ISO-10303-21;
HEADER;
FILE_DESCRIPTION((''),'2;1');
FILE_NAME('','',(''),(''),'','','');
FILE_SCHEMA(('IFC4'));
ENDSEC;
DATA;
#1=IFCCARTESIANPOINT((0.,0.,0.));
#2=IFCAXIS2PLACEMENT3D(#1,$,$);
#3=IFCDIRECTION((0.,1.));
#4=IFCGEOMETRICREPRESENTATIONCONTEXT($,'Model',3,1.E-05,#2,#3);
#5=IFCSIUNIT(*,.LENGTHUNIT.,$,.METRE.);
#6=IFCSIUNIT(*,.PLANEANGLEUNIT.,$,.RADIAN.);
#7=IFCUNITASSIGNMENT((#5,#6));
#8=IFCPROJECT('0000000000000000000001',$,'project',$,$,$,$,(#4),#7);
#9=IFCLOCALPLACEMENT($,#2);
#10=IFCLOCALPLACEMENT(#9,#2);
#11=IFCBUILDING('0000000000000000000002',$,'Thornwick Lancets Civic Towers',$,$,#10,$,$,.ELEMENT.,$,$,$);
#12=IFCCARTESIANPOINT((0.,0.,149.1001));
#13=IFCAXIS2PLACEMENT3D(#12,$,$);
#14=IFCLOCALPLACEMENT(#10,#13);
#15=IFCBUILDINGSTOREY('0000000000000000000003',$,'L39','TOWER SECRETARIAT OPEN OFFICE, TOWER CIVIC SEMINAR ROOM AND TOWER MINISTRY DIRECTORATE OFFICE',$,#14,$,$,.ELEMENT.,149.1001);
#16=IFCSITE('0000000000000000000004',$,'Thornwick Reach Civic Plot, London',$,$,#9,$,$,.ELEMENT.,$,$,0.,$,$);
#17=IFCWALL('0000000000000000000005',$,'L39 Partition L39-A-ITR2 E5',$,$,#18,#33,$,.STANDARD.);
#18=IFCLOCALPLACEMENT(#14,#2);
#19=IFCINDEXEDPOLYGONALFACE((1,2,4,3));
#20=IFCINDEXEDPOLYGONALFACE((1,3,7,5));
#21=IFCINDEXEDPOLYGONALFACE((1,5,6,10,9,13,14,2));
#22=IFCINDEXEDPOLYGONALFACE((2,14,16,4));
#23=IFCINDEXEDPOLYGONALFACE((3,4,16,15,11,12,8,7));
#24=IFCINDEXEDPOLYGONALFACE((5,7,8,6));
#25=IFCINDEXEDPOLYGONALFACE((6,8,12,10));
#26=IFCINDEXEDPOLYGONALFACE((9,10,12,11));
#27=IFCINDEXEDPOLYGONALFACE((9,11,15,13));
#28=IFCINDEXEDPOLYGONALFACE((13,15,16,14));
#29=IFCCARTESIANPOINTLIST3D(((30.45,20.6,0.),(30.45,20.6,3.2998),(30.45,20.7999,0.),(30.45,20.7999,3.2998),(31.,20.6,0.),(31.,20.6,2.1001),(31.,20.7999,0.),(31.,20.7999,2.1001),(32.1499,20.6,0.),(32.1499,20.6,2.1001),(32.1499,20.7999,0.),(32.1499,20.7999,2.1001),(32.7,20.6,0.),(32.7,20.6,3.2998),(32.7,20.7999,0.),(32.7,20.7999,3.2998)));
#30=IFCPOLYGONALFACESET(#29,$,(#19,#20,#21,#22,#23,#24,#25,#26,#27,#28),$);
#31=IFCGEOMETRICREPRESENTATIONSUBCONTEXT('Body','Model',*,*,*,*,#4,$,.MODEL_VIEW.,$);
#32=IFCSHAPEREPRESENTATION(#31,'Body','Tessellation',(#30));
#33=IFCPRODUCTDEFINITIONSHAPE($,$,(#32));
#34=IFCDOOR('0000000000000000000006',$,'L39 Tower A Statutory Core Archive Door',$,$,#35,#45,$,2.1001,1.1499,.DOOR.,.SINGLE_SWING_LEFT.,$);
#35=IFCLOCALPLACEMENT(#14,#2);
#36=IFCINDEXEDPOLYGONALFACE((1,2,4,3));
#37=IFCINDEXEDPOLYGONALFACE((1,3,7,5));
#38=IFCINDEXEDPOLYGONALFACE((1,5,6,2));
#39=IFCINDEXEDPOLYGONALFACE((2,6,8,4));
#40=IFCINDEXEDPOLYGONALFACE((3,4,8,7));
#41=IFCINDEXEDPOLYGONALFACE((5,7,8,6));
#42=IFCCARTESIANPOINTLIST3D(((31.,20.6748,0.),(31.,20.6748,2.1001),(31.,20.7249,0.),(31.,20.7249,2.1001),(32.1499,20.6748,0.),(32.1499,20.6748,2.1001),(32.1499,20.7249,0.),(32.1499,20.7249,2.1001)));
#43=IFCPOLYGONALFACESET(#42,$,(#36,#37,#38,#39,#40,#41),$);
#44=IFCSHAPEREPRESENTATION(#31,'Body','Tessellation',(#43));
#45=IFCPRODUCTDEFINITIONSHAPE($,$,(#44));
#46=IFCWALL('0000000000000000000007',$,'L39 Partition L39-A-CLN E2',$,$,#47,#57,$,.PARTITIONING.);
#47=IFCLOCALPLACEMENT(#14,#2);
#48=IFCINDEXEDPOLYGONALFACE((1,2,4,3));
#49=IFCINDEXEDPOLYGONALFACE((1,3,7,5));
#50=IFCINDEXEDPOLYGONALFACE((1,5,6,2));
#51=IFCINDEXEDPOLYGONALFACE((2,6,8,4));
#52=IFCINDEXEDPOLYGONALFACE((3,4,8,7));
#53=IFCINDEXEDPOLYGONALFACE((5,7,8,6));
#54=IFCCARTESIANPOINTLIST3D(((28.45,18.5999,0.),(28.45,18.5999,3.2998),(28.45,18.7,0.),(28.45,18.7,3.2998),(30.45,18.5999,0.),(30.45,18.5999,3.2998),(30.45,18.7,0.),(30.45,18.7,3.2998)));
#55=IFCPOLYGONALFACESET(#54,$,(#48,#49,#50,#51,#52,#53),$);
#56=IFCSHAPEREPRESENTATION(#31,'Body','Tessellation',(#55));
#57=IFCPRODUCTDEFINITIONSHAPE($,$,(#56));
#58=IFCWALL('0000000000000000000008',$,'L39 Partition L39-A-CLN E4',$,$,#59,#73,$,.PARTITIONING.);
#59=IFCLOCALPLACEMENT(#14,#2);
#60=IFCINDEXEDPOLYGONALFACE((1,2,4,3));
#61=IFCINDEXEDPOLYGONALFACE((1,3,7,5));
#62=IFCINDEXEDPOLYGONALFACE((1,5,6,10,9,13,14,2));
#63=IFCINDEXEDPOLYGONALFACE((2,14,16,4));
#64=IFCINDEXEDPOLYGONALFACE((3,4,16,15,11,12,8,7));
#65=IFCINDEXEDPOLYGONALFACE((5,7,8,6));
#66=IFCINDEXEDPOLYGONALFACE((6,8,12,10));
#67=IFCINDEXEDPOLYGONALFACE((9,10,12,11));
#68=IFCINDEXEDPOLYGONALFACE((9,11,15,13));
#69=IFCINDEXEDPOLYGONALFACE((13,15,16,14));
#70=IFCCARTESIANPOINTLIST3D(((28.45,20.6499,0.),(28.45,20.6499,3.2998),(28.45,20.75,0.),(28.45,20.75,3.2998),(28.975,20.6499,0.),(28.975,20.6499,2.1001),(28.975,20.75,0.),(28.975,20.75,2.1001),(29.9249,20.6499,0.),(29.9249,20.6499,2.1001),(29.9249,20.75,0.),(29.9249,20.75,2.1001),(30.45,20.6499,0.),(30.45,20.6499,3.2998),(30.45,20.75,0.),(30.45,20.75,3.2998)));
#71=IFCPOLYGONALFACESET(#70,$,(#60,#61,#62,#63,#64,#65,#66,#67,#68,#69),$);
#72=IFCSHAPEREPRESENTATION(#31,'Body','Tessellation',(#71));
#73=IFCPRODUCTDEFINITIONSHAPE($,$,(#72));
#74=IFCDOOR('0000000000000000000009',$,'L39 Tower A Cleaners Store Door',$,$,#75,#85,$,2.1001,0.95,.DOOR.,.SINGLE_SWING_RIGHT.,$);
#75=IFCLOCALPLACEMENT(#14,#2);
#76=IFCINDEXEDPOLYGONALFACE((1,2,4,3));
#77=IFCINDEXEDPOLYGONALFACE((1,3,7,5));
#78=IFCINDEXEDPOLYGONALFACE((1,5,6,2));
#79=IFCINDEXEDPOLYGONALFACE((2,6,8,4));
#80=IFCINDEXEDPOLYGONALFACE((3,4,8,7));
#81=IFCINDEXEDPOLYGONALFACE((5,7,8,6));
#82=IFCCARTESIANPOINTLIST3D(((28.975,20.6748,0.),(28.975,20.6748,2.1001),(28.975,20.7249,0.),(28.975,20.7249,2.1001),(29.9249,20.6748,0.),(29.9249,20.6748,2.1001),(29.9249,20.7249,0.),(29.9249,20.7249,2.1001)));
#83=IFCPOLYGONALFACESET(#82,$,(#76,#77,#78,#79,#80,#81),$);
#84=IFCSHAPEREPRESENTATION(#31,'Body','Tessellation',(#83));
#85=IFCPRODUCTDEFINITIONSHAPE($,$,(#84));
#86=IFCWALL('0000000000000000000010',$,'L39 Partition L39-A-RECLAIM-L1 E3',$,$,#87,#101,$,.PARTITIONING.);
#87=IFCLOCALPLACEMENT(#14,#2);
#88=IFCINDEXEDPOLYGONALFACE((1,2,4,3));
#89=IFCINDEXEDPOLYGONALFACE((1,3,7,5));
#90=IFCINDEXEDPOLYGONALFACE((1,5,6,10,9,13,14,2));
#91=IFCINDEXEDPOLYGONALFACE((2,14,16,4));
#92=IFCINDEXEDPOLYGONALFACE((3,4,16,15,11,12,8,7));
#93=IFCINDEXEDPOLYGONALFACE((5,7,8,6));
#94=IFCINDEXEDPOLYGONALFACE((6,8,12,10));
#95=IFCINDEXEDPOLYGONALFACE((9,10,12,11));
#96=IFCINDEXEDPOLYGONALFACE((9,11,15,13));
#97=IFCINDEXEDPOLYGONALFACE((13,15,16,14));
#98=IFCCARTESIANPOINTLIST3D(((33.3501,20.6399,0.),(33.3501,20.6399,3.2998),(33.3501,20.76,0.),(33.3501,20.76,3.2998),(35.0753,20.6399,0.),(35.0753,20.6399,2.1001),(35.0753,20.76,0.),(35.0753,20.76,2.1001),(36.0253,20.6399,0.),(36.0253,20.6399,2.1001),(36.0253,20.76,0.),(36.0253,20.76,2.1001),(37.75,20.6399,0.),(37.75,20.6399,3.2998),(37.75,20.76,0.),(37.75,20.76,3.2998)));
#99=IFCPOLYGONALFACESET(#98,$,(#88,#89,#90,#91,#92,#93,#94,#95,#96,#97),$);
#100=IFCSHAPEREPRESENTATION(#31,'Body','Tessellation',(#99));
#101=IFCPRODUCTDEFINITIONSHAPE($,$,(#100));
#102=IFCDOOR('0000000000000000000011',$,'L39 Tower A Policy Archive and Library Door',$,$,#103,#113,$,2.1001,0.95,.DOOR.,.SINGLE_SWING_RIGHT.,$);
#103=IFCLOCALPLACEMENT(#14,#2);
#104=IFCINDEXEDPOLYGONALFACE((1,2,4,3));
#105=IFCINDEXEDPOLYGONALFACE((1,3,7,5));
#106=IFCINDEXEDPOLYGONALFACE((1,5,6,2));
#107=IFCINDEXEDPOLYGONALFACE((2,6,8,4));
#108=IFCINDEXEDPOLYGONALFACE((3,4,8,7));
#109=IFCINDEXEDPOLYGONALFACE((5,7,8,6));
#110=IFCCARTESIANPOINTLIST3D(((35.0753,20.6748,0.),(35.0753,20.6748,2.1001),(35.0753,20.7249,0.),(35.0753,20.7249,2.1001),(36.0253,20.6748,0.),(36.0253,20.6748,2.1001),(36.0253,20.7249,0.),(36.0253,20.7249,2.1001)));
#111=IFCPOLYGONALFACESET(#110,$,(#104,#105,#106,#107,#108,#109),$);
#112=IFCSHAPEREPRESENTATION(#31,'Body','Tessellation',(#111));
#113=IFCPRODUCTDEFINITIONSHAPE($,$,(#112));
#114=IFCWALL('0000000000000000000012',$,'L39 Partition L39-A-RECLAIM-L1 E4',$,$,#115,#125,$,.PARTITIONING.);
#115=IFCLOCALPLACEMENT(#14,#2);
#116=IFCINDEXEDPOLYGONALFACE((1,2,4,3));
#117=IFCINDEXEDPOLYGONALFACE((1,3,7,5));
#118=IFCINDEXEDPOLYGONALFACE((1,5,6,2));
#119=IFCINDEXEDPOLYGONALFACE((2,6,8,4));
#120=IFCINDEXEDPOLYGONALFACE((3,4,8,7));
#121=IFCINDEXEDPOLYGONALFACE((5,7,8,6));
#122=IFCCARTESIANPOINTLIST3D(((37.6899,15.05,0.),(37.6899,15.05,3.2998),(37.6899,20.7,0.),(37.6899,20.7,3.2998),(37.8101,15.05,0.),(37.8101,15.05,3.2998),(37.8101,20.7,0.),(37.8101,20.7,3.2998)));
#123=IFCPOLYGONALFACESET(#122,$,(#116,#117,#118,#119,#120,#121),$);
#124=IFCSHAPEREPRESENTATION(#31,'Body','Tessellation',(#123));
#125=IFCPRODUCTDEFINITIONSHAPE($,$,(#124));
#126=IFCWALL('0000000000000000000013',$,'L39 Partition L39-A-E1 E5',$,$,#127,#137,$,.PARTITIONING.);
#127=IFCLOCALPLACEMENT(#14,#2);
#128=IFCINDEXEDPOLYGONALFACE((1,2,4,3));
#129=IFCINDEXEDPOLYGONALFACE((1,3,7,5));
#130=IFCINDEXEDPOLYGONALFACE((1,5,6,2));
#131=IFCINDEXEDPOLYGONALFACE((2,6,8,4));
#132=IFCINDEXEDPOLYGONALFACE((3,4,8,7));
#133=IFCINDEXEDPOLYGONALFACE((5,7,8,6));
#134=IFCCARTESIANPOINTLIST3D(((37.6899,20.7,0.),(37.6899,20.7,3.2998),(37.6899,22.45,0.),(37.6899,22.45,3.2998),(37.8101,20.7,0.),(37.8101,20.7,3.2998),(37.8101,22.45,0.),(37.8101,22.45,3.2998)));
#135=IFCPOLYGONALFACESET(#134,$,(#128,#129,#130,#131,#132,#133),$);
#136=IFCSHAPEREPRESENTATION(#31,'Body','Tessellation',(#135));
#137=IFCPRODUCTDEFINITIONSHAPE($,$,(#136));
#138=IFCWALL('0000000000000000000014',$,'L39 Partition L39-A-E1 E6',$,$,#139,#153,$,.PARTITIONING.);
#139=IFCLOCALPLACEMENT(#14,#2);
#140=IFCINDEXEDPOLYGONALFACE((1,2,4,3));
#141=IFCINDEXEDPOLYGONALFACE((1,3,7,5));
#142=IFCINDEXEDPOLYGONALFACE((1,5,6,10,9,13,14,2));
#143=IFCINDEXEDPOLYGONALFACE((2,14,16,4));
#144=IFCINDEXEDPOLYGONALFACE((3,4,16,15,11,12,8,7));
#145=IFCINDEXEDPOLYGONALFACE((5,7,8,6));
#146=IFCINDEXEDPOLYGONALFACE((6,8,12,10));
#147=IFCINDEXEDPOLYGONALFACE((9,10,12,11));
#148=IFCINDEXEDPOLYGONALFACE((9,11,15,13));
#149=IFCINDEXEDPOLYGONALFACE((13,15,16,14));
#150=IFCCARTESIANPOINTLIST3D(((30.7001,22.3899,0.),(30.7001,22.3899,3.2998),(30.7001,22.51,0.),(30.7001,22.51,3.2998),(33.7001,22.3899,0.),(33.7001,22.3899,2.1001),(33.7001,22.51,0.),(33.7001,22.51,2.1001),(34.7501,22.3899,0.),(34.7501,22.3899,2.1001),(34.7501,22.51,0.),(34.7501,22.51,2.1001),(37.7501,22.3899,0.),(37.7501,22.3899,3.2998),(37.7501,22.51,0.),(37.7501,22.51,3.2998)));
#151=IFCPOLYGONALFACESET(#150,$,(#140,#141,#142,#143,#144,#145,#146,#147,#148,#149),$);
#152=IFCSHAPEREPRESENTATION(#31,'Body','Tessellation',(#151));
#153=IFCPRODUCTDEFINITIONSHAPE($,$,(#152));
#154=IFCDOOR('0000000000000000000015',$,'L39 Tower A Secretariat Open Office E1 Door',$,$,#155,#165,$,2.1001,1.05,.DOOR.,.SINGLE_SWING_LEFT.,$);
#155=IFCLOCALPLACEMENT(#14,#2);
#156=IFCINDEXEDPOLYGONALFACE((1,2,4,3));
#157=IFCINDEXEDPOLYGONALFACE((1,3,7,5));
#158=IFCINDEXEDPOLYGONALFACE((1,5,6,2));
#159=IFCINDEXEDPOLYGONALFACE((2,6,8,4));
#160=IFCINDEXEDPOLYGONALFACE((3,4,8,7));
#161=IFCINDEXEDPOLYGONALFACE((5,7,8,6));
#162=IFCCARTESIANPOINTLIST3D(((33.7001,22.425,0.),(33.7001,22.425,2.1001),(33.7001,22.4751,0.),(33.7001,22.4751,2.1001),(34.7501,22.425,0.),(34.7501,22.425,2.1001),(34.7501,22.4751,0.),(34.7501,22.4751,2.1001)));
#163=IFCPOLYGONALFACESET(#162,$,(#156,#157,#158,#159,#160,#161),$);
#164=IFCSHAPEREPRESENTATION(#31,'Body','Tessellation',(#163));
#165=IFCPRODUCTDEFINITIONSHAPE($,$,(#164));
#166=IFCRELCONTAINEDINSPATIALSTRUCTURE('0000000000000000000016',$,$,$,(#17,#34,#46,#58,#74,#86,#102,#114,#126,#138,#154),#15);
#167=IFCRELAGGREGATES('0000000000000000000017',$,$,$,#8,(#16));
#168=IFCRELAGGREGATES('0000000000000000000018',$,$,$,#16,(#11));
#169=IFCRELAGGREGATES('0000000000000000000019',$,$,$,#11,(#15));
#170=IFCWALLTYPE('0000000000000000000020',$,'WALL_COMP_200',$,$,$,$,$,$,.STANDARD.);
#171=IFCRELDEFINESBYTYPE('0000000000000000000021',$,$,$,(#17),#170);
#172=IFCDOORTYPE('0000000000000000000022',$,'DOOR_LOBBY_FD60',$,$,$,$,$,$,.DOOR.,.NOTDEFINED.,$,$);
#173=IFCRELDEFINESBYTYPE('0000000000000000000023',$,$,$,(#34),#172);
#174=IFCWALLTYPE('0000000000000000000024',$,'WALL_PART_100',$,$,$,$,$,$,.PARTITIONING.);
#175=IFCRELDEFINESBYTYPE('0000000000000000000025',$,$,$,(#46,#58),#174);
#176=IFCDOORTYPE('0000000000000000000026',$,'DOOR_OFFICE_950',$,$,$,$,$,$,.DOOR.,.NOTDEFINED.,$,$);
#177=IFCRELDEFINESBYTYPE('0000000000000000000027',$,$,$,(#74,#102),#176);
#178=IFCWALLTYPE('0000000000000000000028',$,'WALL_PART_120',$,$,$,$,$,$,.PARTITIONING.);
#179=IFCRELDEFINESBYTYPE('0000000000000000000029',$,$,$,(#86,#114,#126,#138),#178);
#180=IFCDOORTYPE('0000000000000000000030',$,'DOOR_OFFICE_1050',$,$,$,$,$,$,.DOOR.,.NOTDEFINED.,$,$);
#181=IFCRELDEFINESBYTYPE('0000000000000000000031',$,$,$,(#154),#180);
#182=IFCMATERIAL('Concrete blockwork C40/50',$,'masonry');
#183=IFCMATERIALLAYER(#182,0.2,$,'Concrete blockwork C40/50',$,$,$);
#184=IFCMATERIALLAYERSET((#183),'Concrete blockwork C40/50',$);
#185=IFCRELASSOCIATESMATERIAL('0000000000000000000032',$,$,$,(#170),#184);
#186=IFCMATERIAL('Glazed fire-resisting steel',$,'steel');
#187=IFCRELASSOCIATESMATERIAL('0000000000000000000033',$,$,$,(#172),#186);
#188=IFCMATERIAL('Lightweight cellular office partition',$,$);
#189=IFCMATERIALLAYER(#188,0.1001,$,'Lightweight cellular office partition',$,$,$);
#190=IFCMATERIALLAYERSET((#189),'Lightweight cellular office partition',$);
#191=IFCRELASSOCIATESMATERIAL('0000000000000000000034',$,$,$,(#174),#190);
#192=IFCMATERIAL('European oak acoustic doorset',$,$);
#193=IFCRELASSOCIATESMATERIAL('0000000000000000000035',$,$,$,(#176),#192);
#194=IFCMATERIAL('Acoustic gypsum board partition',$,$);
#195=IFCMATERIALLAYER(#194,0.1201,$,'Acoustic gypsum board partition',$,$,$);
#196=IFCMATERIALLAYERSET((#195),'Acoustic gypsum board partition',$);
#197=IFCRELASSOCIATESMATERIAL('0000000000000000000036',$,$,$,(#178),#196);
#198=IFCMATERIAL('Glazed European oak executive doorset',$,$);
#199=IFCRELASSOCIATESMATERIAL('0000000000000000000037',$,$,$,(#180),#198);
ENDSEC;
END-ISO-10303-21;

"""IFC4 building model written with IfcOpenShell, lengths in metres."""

from ifc_helpers import new_model, si_unit, direction, frame, frame_2d, origin, place, context, subcontext, project, spatial, rectangle, extrude, material, layer, layer_set, type_object, element, fill, save


model = new_model("IFC4")

# Units and contexts
model_context = context("Model", 3, precision=1e-05, world=origin(), true_north=direction((0.0, 1.0)))
body_context = subcontext(model_context, "Body", "Model", "MODEL_VIEW")
ifc_project = project(units=[si_unit("LENGTHUNIT", "METRE"), si_unit("PLANEANGLEUNIT", "RADIAN")], contexts=[model_context])

# Site, building, storey
site_placement = place(None, origin())
site = spatial("IfcSite", under=ifc_project, at=site_placement, Name="Thornwick Reach Civic Plot, London", CompositionType="ELEMENT", RefElevation=0.0)
building_placement = place(site_placement, origin())
building = spatial("IfcBuilding", under=site, at=building_placement, Name="Thornwick Lancets Civic Towers", CompositionType="ELEMENT")
storey_placement = place(building_placement, frame((0.0, 0.0, 149.1001)))
storey = spatial("IfcBuildingStorey", under=building, at=storey_placement, Name="L39", Description="TOWER SECRETARIAT OPEN OFFICE, TOWER CIVIC SEMINAR ROOM AND TOWER MINISTRY DIRECTORATE OFFICE", CompositionType="ELEMENT", Elevation=149.1001)

# Shared definitions
ifc_material_1 = material(Name="Concrete blockwork C40/50", Category="masonry")
ifc_layer_1 = layer(ifc_material_1, 0.2, Name="Concrete blockwork C40/50")
ifc_layer_set_1 = layer_set([ifc_layer_1], Name="Concrete blockwork C40/50")
wall_type_1 = type_object("IfcWallType", Name="WALL_COMP_200", PredefinedType="STANDARD", material=ifc_layer_set_1)

# Wall, opening, door
wall_1_placement = place(storey_placement, frame((30.45, 20.7, 0.0), z_axis=(0.0, 0.0, 1.0), x_axis=(1.0, 0.0, 0.0)))
wall_1 = element("IfcWall", 1, at=wall_1_placement, inside=storey, type_object=wall_type_1, Name="L39 Partition L39-A-ITR2 E5", PredefinedType="STANDARD", context=body_context, shape_type="SweptSolid", body=[
    extrude(rectangle(XDim=2.25, YDim=0.2, at=frame_2d((1.125, 0.0))), origin(), (0.0, 0.0, 1.0), 3.2998),
])
opening_1_placement = place(wall_1_placement, frame((0.55, 0.0, 0.0)))
opening_1 = element("IfcOpeningElement", 2, at=opening_1_placement, cuts=wall_1, PredefinedType="OPENING", context=body_context, shape_type="SweptSolid", body=[
    extrude(rectangle(XDim=1.1499, YDim=2.1001, at=frame_2d((0.575, 1.05))), frame((0.0, 0.1099, 0.0), z_axis=(0.0, -1.0, 0.0), x_axis=(1.0, 0.0, 0.0)), (0.0, 0.0, 1.0), 0.22),
])
ifc_material_2 = material(Name="Glazed fire-resisting steel", Category="steel")
door_type_1 = type_object("IfcDoorType", Name="DOOR_LOBBY_FD60", OperationType="NOTDEFINED", PredefinedType="DOOR", material=ifc_material_2)
door_1_placement = place(opening_1_placement, origin())
door_1 = element("IfcDoor", 3, at=door_1_placement, inside=storey, type_object=door_type_1, Name="L39 Tower A Statutory Core Archive Door", OperationType="SINGLE_SWING_LEFT", OverallHeight=2.1001, OverallWidth=1.1499, PredefinedType="DOOR", context=body_context, shape_type="SweptSolid", body=[
    extrude(rectangle(XDim=1.1499, YDim=2.1001, at=frame_2d((0.575, 1.05))), frame((0.0, 0.0249, 0.0), z_axis=(0.0, -1.0, 0.0), x_axis=(1.0, 0.0, 0.0)), (0.0, 0.0, 1.0), 0.05),
])
fill(opening_1, door_1)

# Wall
ifc_material_3 = material(Name="Lightweight cellular office partition")
ifc_layer_2 = layer(ifc_material_3, 0.1001, Name="Lightweight cellular office partition")
ifc_layer_set_2 = layer_set([ifc_layer_2], Name="Lightweight cellular office partition")
wall_type_2 = type_object("IfcWallType", Name="WALL_PART_100", PredefinedType="PARTITIONING", material=ifc_layer_set_2)
wall_2_placement = place(storey_placement, frame((30.45, 18.6499, 0.0), z_axis=(0.0, 0.0, 1.0), x_axis=(-1.0, 0.0, 0.0)))
element("IfcWall", 4, at=wall_2_placement, inside=storey, type_object=wall_type_2, Name="L39 Partition L39-A-CLN E2", PredefinedType="PARTITIONING", context=body_context, shape_type="SweptSolid", body=[
    extrude(rectangle(XDim=2.0, YDim=0.1001, at=frame_2d((1.0, 0.0))), origin(), (0.0, 0.0, 1.0), 3.2998),
])

# Walls, openings, doors
wall_3_placement = place(storey_placement, frame((28.45, 20.7, 0.0), z_axis=(0.0, 0.0, 1.0), x_axis=(1.0, 0.0, 0.0)))
wall_3 = element("IfcWall", 5, at=wall_3_placement, inside=storey, type_object=wall_type_2, Name="L39 Partition L39-A-CLN E4", PredefinedType="PARTITIONING", context=body_context, shape_type="SweptSolid", body=[
    extrude(rectangle(XDim=2.0, YDim=0.1001, at=frame_2d((1.0, 0.0))), origin(), (0.0, 0.0, 1.0), 3.2998),
])
opening_2_placement = place(wall_3_placement, frame((0.5249, 0.0, 0.0)))
opening_2 = element("IfcOpeningElement", 6, at=opening_2_placement, cuts=wall_3, PredefinedType="OPENING", context=body_context, shape_type="SweptSolid", body=[
    extrude(rectangle(XDim=0.95, YDim=2.1001, at=frame_2d((0.4751, 1.05))), frame((0.0, 0.0601, 0.0), z_axis=(0.0, -1.0, 0.0), x_axis=(1.0, 0.0, 0.0)), (0.0, 0.0, 1.0), 0.1201),
])
ifc_material_4 = material(Name="European oak acoustic doorset")
door_type_2 = type_object("IfcDoorType", Name="DOOR_OFFICE_950", OperationType="NOTDEFINED", PredefinedType="DOOR", material=ifc_material_4)
door_2_placement = place(opening_2_placement, origin())
door_2 = element("IfcDoor", 7, at=door_2_placement, inside=storey, type_object=door_type_2, Name="L39 Tower A Cleaners Store Door", OperationType="SINGLE_SWING_RIGHT", OverallHeight=2.1001, OverallWidth=0.95, PredefinedType="DOOR", context=body_context, shape_type="SweptSolid", body=[
    extrude(rectangle(XDim=0.95, YDim=2.1001, at=frame_2d((0.4751, 1.05))), frame((0.0, 0.0249, 0.0), z_axis=(0.0, -1.0, 0.0), x_axis=(1.0, 0.0, 0.0)), (0.0, 0.0, 1.0), 0.05),
])
fill(opening_2, door_2)
ifc_material_5 = material(Name="Acoustic gypsum board partition")
ifc_layer_3 = layer(ifc_material_5, 0.1201, Name="Acoustic gypsum board partition")
ifc_layer_set_3 = layer_set([ifc_layer_3], Name="Acoustic gypsum board partition")
wall_type_3 = type_object("IfcWallType", Name="WALL_PART_120", PredefinedType="PARTITIONING", material=ifc_layer_set_3)
wall_4_placement = place(storey_placement, frame((33.3501, 20.7, 0.0), z_axis=(0.0, 0.0, 1.0), x_axis=(1.0, 0.0, 0.0)))
wall_4 = element("IfcWall", 8, at=wall_4_placement, inside=storey, type_object=wall_type_3, Name="L39 Partition L39-A-RECLAIM-L1 E3", PredefinedType="PARTITIONING", context=body_context, shape_type="SweptSolid", body=[
    extrude(rectangle(XDim=4.3999, YDim=0.1201, at=frame_2d((2.2, 0.0))), origin(), (0.0, 0.0, 1.0), 3.2998),
])
opening_3_placement = place(wall_4_placement, frame((1.7251, 0.0, 0.0)))
opening_3 = element("IfcOpeningElement", 9, at=opening_3_placement, cuts=wall_4, PredefinedType="OPENING", context=body_context, shape_type="SweptSolid", body=[
    extrude(rectangle(XDim=0.95, YDim=2.1001, at=frame_2d((0.4751, 1.05))), frame((0.0, 0.0701, 0.0), z_axis=(0.0, -1.0, 0.0), x_axis=(1.0, 0.0, 0.0)), (0.0, 0.0, 1.0), 0.1401),
])
door_3_placement = place(opening_3_placement, origin())
door_3 = element("IfcDoor", 10, at=door_3_placement, inside=storey, type_object=door_type_2, Name="L39 Tower A Policy Archive and Library Door", OperationType="SINGLE_SWING_RIGHT", OverallHeight=2.1001, OverallWidth=0.95, PredefinedType="DOOR", context=body_context, shape_type="SweptSolid", body=[
    extrude(rectangle(XDim=0.95, YDim=2.1001, at=frame_2d((0.4751, 1.05))), frame((0.0, 0.0249, 0.0), z_axis=(0.0, -1.0, 0.0), x_axis=(1.0, 0.0, 0.0)), (0.0, 0.0, 1.0), 0.05),
])
fill(opening_3, door_3)

# Walls
wall_5_placement = place(storey_placement, frame((37.75, 20.7, 0.0), z_axis=(0.0, 0.0, 1.0), x_axis=(0.0, -1.0, 0.0)))
element("IfcWall", 11, at=wall_5_placement, inside=storey, type_object=wall_type_3, Name="L39 Partition L39-A-RECLAIM-L1 E4", PredefinedType="PARTITIONING", context=body_context, shape_type="SweptSolid", body=[
    extrude(rectangle(XDim=5.6499, YDim=0.1201, at=frame_2d((2.825, 0.0))), origin(), (0.0, 0.0, 1.0), 3.2998),
])
wall_6_placement = place(storey_placement, frame((37.75, 20.7, 0.0), z_axis=(0.0, 0.0, 1.0), x_axis=(0.0, 1.0, 0.0)))
element("IfcWall", 12, at=wall_6_placement, inside=storey, type_object=wall_type_3, Name="L39 Partition L39-A-E1 E5", PredefinedType="PARTITIONING", context=body_context, shape_type="SweptSolid", body=[
    extrude(rectangle(XDim=1.75, YDim=0.1201, at=frame_2d((0.875, 0.0))), origin(), (0.0, 0.0, 1.0), 3.2998),
])

# Wall, opening, door
wall_7_placement = place(storey_placement, frame((37.75, 22.45, 0.0), z_axis=(0.0, 0.0, 1.0), x_axis=(-1.0, 0.0, 0.0)))
wall_7 = element("IfcWall", 13, at=wall_7_placement, inside=storey, type_object=wall_type_3, Name="L39 Partition L39-A-E1 E6", PredefinedType="PARTITIONING", context=body_context, shape_type="SweptSolid", body=[
    extrude(rectangle(XDim=7.05, YDim=0.1201, at=frame_2d((3.5249, 0.0))), origin(), (0.0, 0.0, 1.0), 3.2998),
])
opening_4_placement = place(wall_7_placement, frame((3.0, 0.0, 0.0)))
opening_4 = element("IfcOpeningElement", 14, at=opening_4_placement, cuts=wall_7, PredefinedType="OPENING", context=body_context, shape_type="SweptSolid", body=[
    extrude(rectangle(XDim=1.05, YDim=2.1001, at=frame_2d((0.5249, 1.05))), frame((0.0, 0.0701, 0.0), z_axis=(0.0, -1.0, 0.0), x_axis=(1.0, 0.0, 0.0)), (0.0, 0.0, 1.0), 0.1401),
])
ifc_material_6 = material(Name="Glazed European oak executive doorset")
door_type_3 = type_object("IfcDoorType", Name="DOOR_OFFICE_1050", OperationType="NOTDEFINED", PredefinedType="DOOR", material=ifc_material_6)
door_4_placement = place(opening_4_placement, origin())
door_4 = element("IfcDoor", 15, at=door_4_placement, inside=storey, type_object=door_type_3, Name="L39 Tower A Secretariat Open Office E1 Door", OperationType="SINGLE_SWING_LEFT", OverallHeight=2.1001, OverallWidth=1.05, PredefinedType="DOOR", context=body_context, shape_type="SweptSolid", body=[
    extrude(rectangle(XDim=1.05, YDim=2.1001, at=frame_2d((0.5249, 1.05))), frame((0.0, 0.0249, 0.0), z_axis=(0.0, -1.0, 0.0), x_axis=(1.0, 0.0, 0.0)), (0.0, 0.0, 1.0), 0.05),
])
fill(opening_4, door_4)

save(model, "model.ifc")
